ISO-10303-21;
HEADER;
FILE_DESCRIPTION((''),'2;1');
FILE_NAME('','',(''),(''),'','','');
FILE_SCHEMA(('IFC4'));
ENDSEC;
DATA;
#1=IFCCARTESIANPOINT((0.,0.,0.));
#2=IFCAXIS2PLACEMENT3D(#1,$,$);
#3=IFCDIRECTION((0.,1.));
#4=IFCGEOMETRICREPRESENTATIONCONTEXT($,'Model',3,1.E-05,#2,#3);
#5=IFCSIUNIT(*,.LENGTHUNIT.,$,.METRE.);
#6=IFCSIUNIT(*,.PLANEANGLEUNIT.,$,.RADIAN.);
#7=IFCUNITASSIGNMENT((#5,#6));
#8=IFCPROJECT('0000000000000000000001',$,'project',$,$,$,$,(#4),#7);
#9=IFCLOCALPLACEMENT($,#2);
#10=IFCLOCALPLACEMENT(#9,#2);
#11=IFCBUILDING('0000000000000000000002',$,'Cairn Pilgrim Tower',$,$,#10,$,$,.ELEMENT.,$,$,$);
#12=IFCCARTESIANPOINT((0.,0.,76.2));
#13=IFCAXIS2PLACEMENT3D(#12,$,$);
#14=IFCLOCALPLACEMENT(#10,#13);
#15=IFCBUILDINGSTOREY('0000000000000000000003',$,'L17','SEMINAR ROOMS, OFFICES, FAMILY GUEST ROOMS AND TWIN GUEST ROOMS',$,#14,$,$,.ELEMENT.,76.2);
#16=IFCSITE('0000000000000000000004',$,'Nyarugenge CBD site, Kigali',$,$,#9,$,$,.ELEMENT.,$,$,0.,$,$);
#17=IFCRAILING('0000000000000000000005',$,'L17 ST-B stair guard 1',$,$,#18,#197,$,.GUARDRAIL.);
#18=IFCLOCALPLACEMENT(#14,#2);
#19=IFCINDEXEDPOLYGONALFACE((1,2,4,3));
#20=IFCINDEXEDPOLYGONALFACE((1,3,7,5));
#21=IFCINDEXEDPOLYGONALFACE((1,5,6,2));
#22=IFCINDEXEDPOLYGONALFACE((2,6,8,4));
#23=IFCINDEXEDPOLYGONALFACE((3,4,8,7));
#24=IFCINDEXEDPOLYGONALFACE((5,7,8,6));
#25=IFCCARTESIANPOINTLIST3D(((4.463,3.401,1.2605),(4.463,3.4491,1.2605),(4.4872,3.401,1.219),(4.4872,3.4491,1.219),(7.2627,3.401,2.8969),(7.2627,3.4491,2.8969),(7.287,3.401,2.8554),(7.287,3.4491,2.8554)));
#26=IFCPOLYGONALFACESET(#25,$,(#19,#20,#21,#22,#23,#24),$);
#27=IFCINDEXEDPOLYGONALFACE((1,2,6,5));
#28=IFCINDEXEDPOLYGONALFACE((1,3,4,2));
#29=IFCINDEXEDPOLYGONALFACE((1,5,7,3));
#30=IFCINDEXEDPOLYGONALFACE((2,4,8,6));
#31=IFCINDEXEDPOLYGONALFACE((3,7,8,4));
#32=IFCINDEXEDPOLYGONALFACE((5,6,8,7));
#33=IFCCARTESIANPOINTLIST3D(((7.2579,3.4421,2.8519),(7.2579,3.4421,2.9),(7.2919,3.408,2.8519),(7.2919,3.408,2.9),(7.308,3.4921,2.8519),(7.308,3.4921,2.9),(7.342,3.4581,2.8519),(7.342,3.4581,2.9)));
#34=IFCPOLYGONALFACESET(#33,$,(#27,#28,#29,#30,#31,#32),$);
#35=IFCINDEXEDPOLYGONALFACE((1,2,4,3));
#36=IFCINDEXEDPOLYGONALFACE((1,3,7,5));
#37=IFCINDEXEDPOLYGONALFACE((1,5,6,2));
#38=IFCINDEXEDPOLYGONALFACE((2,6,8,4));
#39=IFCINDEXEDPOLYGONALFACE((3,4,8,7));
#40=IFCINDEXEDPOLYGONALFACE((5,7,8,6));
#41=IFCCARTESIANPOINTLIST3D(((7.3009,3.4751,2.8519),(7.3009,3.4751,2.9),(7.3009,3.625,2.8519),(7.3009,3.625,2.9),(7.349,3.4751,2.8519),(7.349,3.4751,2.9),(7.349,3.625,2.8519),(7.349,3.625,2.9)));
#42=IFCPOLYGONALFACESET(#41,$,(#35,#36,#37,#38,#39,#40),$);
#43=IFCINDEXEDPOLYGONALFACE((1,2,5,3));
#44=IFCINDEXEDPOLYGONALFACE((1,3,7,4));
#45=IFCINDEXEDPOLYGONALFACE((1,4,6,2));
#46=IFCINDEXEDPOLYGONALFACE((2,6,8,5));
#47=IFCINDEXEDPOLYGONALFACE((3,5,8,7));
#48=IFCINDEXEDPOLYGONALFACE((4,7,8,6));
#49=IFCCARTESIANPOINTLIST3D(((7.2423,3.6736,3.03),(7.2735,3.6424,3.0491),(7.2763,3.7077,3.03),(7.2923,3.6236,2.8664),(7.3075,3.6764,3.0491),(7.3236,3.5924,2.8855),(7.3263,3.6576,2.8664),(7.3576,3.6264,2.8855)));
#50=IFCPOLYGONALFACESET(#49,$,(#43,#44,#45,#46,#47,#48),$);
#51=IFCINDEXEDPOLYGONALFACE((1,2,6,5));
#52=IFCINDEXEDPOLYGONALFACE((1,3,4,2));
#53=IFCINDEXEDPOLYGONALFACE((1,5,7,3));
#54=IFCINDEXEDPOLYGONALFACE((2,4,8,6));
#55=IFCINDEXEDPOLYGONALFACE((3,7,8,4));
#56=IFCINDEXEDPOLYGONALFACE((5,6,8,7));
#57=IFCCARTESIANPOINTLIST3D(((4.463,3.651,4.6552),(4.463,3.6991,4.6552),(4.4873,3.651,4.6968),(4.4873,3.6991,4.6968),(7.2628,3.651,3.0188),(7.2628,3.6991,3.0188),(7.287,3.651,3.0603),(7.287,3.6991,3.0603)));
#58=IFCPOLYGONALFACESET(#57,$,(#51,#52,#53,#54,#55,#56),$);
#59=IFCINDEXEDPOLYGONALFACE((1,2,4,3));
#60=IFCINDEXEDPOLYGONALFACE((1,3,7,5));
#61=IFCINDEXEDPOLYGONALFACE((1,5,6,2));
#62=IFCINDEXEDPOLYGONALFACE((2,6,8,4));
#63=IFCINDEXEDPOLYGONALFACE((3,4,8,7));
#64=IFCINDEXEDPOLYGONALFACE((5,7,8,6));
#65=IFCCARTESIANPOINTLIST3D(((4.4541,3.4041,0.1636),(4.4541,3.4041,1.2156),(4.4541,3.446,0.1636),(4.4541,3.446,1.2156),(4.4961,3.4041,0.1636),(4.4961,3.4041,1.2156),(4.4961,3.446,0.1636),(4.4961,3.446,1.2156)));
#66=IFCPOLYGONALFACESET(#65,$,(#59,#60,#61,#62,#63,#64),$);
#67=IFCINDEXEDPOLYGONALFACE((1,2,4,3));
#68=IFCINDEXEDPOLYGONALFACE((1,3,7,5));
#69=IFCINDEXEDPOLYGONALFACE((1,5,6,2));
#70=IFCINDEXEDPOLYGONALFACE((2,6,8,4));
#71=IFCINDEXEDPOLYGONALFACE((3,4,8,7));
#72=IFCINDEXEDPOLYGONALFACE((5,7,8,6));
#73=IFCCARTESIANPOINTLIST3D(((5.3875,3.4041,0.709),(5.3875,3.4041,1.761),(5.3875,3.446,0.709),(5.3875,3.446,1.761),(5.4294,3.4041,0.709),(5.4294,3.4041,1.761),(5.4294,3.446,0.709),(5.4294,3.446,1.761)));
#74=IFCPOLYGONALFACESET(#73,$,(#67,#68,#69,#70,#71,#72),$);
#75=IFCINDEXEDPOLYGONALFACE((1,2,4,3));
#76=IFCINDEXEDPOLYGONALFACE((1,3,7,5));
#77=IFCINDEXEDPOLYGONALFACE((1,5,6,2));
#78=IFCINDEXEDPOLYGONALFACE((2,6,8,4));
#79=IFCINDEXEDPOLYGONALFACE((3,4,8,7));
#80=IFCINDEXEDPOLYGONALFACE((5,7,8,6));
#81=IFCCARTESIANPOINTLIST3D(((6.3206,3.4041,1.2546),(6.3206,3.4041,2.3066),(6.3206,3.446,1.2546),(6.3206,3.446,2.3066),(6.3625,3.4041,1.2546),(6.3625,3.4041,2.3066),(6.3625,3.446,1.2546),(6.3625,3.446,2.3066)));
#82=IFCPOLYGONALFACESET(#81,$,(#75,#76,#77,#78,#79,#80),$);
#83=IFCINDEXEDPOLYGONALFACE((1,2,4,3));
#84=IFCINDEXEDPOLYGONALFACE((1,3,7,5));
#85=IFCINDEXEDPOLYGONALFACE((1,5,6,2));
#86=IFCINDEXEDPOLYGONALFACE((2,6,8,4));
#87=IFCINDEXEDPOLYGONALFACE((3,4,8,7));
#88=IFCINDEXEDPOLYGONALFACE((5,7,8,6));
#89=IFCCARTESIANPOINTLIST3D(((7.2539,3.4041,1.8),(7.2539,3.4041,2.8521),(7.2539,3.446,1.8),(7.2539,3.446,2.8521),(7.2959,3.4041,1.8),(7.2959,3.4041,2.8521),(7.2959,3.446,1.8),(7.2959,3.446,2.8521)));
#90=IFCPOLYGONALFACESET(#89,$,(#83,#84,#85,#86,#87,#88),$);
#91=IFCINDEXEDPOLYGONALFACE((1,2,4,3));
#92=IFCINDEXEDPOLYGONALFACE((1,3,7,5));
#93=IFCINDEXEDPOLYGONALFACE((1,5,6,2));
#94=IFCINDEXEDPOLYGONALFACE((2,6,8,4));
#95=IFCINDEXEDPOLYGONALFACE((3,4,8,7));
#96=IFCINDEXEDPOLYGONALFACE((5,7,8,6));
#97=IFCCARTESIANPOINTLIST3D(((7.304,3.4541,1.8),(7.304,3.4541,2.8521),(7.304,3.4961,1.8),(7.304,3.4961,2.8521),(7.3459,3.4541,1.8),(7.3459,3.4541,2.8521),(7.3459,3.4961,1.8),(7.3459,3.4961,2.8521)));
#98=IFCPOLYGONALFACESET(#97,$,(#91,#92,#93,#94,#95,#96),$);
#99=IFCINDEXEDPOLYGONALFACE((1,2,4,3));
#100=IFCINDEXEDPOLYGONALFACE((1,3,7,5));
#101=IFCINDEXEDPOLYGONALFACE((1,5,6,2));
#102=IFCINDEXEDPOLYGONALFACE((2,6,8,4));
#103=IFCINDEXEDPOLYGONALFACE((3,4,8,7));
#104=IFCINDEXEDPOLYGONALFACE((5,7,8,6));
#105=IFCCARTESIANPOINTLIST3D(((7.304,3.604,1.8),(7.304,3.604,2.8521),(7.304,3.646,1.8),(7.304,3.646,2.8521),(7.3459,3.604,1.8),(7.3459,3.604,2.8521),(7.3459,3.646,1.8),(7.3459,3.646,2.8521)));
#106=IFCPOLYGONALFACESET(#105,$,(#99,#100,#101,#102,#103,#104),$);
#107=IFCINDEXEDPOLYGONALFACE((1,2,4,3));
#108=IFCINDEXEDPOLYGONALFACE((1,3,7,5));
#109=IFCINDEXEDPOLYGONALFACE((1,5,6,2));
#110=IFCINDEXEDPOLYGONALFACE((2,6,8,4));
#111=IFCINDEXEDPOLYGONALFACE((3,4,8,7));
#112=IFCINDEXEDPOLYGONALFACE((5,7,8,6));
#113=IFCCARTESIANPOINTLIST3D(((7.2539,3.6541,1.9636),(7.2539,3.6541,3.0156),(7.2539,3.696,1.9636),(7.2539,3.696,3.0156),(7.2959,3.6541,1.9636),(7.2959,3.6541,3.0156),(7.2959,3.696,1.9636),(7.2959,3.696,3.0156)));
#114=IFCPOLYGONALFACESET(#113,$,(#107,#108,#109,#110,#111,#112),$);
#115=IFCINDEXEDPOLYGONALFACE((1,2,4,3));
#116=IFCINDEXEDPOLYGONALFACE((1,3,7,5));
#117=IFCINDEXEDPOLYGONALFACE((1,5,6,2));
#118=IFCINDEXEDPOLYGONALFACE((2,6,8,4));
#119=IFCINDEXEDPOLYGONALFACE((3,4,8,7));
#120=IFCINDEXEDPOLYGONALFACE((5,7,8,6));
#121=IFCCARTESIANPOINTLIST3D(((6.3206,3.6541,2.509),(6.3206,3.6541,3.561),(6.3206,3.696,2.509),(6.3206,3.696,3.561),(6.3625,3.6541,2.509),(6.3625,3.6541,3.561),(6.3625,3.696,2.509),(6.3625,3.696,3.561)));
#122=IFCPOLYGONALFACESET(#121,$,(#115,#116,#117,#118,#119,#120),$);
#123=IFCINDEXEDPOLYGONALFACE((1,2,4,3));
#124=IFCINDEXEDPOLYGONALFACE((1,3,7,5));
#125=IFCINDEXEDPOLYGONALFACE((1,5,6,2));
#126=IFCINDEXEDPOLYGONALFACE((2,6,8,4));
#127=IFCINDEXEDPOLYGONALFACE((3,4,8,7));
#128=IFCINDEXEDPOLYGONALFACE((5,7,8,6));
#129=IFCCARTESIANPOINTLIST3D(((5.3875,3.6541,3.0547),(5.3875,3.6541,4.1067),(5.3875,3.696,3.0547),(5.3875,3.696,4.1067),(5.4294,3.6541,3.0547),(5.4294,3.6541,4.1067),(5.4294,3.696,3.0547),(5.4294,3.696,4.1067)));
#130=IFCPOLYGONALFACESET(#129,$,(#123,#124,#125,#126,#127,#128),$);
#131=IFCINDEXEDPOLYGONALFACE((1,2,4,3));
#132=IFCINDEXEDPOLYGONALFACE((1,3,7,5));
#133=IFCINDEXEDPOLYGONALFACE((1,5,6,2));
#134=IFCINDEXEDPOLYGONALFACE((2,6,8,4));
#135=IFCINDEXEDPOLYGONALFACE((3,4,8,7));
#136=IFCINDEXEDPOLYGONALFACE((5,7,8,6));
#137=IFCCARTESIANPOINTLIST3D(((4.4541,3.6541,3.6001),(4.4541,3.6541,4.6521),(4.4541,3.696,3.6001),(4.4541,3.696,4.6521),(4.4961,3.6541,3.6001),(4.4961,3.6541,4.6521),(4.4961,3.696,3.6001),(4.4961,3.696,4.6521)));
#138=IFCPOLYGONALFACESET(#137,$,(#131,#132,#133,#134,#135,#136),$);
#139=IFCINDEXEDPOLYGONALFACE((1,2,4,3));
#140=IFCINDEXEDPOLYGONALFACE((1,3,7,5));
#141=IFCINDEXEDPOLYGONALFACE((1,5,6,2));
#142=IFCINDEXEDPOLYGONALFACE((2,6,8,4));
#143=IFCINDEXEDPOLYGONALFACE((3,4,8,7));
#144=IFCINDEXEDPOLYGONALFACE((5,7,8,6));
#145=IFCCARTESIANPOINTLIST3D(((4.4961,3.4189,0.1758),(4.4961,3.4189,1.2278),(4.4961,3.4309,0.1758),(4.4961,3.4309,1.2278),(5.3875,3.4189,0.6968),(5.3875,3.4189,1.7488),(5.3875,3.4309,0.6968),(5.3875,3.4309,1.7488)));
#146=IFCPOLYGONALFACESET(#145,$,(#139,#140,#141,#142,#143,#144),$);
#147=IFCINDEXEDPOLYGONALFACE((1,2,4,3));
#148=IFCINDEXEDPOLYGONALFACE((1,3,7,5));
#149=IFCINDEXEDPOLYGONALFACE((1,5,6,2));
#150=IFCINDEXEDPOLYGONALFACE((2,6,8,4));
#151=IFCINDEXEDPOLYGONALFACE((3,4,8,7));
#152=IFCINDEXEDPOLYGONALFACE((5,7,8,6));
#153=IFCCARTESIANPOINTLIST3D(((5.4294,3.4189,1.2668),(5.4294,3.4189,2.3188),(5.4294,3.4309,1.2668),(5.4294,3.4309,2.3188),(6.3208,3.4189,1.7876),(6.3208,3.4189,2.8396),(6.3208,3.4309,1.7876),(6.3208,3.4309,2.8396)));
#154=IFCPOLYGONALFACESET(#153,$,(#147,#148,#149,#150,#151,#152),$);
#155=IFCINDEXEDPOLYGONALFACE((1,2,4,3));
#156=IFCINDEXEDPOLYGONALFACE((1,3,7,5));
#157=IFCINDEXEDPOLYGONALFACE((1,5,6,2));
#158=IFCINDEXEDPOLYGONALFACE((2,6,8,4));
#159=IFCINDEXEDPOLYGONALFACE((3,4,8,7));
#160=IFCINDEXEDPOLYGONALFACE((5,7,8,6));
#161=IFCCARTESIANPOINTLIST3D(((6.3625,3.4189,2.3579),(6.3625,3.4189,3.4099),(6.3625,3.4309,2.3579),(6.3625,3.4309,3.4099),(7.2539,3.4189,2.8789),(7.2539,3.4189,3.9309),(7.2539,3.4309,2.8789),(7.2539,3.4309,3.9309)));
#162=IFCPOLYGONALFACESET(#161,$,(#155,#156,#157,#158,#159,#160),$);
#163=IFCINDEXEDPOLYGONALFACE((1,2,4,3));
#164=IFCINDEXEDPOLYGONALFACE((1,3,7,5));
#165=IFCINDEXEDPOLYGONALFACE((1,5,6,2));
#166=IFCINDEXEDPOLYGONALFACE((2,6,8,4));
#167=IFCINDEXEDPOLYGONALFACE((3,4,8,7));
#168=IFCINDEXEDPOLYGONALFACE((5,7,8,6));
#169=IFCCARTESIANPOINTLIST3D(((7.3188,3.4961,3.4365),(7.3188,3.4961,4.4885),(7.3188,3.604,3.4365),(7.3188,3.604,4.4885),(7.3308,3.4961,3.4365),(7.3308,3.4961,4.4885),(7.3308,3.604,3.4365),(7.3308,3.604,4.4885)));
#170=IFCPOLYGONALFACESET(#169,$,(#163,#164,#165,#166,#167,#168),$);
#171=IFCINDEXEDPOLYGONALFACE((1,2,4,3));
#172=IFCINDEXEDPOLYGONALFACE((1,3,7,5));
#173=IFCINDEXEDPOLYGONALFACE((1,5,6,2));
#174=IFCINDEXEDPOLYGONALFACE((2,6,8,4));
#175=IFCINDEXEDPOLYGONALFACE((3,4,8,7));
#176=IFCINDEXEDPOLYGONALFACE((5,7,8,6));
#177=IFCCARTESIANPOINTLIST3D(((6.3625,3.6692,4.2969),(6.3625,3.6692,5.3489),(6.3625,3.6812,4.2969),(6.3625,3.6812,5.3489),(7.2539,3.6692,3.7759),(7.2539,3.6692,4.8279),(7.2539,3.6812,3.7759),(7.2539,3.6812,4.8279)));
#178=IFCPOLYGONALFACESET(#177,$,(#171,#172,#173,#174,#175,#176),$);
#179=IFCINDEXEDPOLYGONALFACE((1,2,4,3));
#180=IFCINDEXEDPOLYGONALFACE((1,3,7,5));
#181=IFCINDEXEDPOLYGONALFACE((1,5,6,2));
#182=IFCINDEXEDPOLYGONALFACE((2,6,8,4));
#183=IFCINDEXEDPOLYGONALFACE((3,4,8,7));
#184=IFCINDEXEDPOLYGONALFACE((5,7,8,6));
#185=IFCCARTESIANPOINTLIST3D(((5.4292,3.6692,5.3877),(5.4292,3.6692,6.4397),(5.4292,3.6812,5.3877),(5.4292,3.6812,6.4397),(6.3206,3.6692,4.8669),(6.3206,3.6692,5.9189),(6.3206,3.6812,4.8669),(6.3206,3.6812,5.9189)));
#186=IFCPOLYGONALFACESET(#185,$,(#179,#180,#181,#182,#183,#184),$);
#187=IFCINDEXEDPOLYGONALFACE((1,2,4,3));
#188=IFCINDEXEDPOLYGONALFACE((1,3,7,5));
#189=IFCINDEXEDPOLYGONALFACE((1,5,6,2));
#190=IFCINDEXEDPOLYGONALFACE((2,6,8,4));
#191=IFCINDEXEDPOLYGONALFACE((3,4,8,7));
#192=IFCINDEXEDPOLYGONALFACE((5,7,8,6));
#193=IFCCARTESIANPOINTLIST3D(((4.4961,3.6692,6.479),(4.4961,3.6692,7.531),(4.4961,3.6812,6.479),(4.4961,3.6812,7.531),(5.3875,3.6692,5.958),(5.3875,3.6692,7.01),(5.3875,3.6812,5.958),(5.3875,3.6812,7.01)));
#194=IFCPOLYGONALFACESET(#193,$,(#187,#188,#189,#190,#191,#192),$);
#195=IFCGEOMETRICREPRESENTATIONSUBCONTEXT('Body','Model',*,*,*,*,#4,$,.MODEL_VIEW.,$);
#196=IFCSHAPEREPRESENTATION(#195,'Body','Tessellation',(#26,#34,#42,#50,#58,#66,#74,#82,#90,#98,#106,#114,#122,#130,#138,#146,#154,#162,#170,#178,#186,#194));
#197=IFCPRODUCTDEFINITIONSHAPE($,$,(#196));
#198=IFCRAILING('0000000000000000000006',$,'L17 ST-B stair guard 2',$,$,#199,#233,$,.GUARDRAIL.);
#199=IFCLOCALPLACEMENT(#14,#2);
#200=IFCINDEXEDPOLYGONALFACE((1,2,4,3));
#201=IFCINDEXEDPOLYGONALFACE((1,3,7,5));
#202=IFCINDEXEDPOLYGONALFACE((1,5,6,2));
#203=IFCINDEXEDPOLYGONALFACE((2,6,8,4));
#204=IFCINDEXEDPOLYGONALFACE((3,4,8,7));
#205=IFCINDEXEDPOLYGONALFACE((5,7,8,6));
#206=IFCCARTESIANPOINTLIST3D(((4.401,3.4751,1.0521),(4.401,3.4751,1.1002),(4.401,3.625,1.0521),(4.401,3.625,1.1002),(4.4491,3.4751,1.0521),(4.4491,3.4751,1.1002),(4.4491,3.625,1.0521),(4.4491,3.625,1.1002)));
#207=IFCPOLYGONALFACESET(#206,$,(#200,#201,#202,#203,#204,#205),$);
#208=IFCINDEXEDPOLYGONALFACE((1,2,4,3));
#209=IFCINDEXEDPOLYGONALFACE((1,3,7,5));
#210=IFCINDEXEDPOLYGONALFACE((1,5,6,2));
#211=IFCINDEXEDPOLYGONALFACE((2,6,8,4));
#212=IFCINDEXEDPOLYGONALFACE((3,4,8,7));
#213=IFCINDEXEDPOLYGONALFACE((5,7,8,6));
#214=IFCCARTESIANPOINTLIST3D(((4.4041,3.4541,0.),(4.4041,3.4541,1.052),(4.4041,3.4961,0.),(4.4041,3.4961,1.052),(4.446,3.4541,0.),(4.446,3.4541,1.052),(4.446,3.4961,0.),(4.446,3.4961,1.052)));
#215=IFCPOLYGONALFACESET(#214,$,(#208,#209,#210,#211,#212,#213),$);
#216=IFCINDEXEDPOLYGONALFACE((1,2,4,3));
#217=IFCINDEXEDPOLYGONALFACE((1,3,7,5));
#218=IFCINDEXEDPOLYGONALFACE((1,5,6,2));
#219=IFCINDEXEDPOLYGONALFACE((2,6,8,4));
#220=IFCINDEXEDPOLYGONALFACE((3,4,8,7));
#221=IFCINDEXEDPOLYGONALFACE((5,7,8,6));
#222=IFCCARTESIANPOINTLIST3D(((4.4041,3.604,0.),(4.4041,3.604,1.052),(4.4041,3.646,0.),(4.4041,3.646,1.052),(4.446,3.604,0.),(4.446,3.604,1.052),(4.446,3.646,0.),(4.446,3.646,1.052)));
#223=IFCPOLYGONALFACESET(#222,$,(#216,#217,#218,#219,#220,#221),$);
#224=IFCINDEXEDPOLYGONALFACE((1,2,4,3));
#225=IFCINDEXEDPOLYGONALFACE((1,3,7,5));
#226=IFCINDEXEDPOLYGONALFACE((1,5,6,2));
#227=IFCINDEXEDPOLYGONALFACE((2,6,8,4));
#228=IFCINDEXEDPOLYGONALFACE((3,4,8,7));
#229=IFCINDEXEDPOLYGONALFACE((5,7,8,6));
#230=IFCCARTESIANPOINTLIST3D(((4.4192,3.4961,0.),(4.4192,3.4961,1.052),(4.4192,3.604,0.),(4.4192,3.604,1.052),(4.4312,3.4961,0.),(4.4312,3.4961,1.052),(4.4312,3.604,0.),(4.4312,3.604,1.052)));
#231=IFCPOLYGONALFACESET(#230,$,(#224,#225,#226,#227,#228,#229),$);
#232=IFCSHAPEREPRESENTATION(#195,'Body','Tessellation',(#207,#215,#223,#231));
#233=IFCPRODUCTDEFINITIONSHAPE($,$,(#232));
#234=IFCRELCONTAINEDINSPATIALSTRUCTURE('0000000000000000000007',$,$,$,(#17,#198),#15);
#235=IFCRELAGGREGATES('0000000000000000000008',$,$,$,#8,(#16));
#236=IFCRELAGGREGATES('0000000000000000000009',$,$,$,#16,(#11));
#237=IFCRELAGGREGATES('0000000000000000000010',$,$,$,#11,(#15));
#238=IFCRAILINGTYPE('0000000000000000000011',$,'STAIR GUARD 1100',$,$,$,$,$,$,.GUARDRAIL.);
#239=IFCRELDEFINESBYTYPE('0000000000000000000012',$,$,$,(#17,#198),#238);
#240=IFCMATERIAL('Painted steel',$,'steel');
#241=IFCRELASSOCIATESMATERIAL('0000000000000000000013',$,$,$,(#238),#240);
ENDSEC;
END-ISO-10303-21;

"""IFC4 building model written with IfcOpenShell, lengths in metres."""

from ifc_helpers import new_model, si_unit, direction, frame, origin, origin_2d, place, context, subcontext, project, spatial, polyline, rectangle, outline, extrude, material, type_object, element, save


model = new_model("IFC4")

# Units and contexts
model_context = context("Model", 3, precision=1e-05, world=origin(), true_north=direction((0.0, 1.0)))
body_context = subcontext(model_context, "Body", "Model", "MODEL_VIEW")
ifc_project = project(units=[si_unit("LENGTHUNIT", "METRE"), si_unit("PLANEANGLEUNIT", "RADIAN")], contexts=[model_context])

# Site, building, storey
site_placement = place(None, origin())
site = spatial("IfcSite", under=ifc_project, at=site_placement, Name="Nyarugenge CBD site, Kigali", CompositionType="ELEMENT", RefElevation=0.0)
building_placement = place(site_placement, origin())
building = spatial("IfcBuilding", under=site, at=building_placement, Name="Cairn Pilgrim Tower", CompositionType="ELEMENT")
storey_placement = place(building_placement, frame((0.0, 0.0, 76.2)))
storey = spatial("IfcBuildingStorey", under=building, at=storey_placement, Name="L17", Description="SEMINAR ROOMS, OFFICES, FAMILY GUEST ROOMS AND TWIN GUEST ROOMS", CompositionType="ELEMENT", Elevation=76.2)

# Shared definitions
ifc_material_1 = material(Name="Painted steel", Category="steel")

# Railings
railing_type_1 = type_object("IfcRailingType", Name="STAIR GUARD 1100", PredefinedType="GUARDRAIL", material=ifc_material_1)
railing_1_placement = place(storey_placement, frame((4.4751, 3.425, 0.1636)))
element("IfcRailing", 1, at=railing_1_placement, inside=storey, type_object=railing_type_1, Name="L17 ST-B stair guard 1", PredefinedType="GUARDRAIL", context=body_context, shape_type="SweptSolid", body=[
    extrude(rectangle(XDim=0.0481, YDim=0.0481, at=origin_2d()), frame((0.0, 0.0, 1.0762), z_axis=(0.863342, 0.0, 0.50462), x_axis=(0.0, 1.0, 0.0)), (0.0, 0.0, 1.0), 3.2429),
    extrude(rectangle(XDim=0.0481, YDim=0.0481, at=origin_2d()), frame((2.7998, 0.0, 2.7124), z_axis=(0.707107, 0.707107, 0.0), x_axis=(-0.707107, 0.707107, 0.0)), (0.0, 0.0, 1.0), 0.0708),
    extrude(rectangle(XDim=0.0481, YDim=0.0481, at=origin_2d()), frame((2.8499, 0.05, 2.7124), z_axis=(0.0, 1.0, 0.0), x_axis=(-1.0, 0.0, 0.0)), (0.0, 0.0, 1.0), 0.1499),
    extrude(rectangle(XDim=0.0481, YDim=0.0481, at=origin_2d()), frame((2.8499, 0.2, 2.7124), z_axis=(-0.280809, 0.280809, 0.917765), x_axis=(-0.707107, -0.707107, 0.0)), (0.0, 0.0, 1.0), 0.1782),
    extrude(rectangle(XDim=0.0481, YDim=0.0481, at=origin_2d()), frame((2.7998, 0.25, 2.876), z_axis=(-0.863342, 0.0, 0.50462), x_axis=(0.0, -1.0, 0.0)), (0.0, 0.0, 1.0), 3.2429),
    extrude(rectangle(XDim=0.042, YDim=0.042, at=origin_2d()), origin(), (0.0, 0.0, 1.0), 1.052),
    extrude(rectangle(XDim=0.042, YDim=0.042, at=origin_2d()), frame((0.9333, 0.0, 0.5454)), (0.0, 0.0, 1.0), 1.052),
    extrude(rectangle(XDim=0.042, YDim=0.042, at=origin_2d()), frame((1.8665, 0.0, 1.0911)), (0.0, 0.0, 1.0), 1.052),
    extrude(rectangle(XDim=0.042, YDim=0.042, at=origin_2d()), frame((2.7998, 0.0, 1.6365)), (0.0, 0.0, 1.0), 1.052),
    extrude(rectangle(XDim=0.042, YDim=0.042, at=origin_2d()), frame((2.8499, 0.05, 1.6365)), (0.0, 0.0, 1.0), 1.052),
    extrude(rectangle(XDim=0.042, YDim=0.042, at=origin_2d()), frame((2.8499, 0.2, 1.6365)), (0.0, 0.0, 1.0), 1.052),
    extrude(rectangle(XDim=0.042, YDim=0.042, at=origin_2d()), frame((2.7998, 0.25, 1.8)), (0.0, 0.0, 1.0), 1.052),
    extrude(rectangle(XDim=0.042, YDim=0.042, at=origin_2d()), frame((1.8665, 0.25, 2.3455)), (0.0, 0.0, 1.0), 1.052),
    extrude(rectangle(XDim=0.042, YDim=0.042, at=origin_2d()), frame((0.9333, 0.25, 2.8911)), (0.0, 0.0, 1.0), 1.052),
    extrude(rectangle(XDim=0.042, YDim=0.042, at=origin_2d()), frame((0.0, 0.25, 3.4365)), (0.0, 0.0, 1.0), 1.052),
    extrude(outline(polyline([(0.021, 0.0122), (0.9124, 0.5332), (0.9124, 1.5852), (0.021, 1.0642), (0.021, 0.0122)])), frame((0.0, 0.0059, 0.0), z_axis=(0.0, -1.0, 0.0), x_axis=(1.0, 0.0, 0.0)), (0.0, 0.0, 1.0), 0.012),
    extrude(outline(polyline([(0.021, 0.5579), (0.9124, 1.0786), (0.9124, 2.1306), (0.021, 1.6099), (0.021, 0.5579)])), frame((0.9333, 0.0059, 0.5454), z_axis=(0.0, -1.0, 0.0), x_axis=(1.0, 0.0, 0.0)), (0.0, 0.0, 1.0), 0.012),
    extrude(outline(polyline([(0.021, 1.1033), (0.9124, 1.6243), (0.9124, 2.6763), (0.021, 2.1553), (0.021, 1.1033)])), frame((1.8665, 0.0059, 1.0911), z_axis=(0.0, -1.0, 0.0), x_axis=(1.0, 0.0, 0.0)), (0.0, 0.0, 1.0), 0.012),
    extrude(outline(polyline([(0.021, 1.6365), (0.1289, 1.6365), (0.1289, 2.6885), (0.021, 2.6885), (0.021, 1.6365)])), frame((2.8438, 0.05, 1.6365), z_axis=(1.0, 0.0, 0.0), x_axis=(0.0, 1.0, 0.0)), (0.0, 0.0, 1.0), 0.012),
    extrude(outline(polyline([(0.021, 1.8123), (0.9124, 2.3333), (0.9124, 3.3853), (0.021, 2.8643), (0.021, 1.8123)])), frame((2.7998, 0.2441, 1.8), z_axis=(0.0, 1.0, 0.0), x_axis=(-1.0, 0.0, 0.0)), (0.0, 0.0, 1.0), 0.012),
    extrude(outline(polyline([(0.021, 2.3579), (0.9124, 2.8787), (0.9124, 3.9307), (0.021, 3.4099), (0.021, 2.3579)])), frame((1.8665, 0.2441, 2.3455), z_axis=(0.0, 1.0, 0.0), x_axis=(-1.0, 0.0, 0.0)), (0.0, 0.0, 1.0), 0.012),
    extrude(outline(polyline([(0.021, 2.9033), (0.9124, 3.4243), (0.9124, 4.4763), (0.021, 3.9553), (0.021, 2.9033)])), frame((0.9333, 0.2441, 2.8911), z_axis=(0.0, 1.0, 0.0), x_axis=(-1.0, 0.0, 0.0)), (0.0, 0.0, 1.0), 0.012),
])
railing_2_placement = place(storey_placement, frame((4.425, 3.4751, 0.0)))
element("IfcRailing", 2, at=railing_2_placement, inside=storey, type_object=railing_type_1, Name="L17 ST-B stair guard 2", PredefinedType="GUARDRAIL", context=body_context, shape_type="SweptSolid", body=[
    extrude(rectangle(XDim=0.0481, YDim=0.0481, at=origin_2d()), frame((0.0, 0.0, 1.0762), z_axis=(0.0, 1.0, 0.0), x_axis=(-1.0, 0.0, 0.0)), (0.0, 0.0, 1.0), 0.1499),
    extrude(rectangle(XDim=0.042, YDim=0.042, at=origin_2d()), origin(), (0.0, 0.0, 1.0), 1.052),
    extrude(rectangle(XDim=0.042, YDim=0.042, at=origin_2d()), frame((0.0, 0.1499, 0.0)), (0.0, 0.0, 1.0), 1.052),
    extrude(outline(polyline([(0.021, 0.0), (0.1289, 0.0), (0.1289, 1.052), (0.021, 1.052), (0.021, 0.0)])), frame((-0.0059, 0.0, 0.0), z_axis=(1.0, 0.0, 0.0), x_axis=(0.0, 1.0, 0.0)), (0.0, 0.0, 1.0), 0.012),
])

save(model, "model.ifc")
